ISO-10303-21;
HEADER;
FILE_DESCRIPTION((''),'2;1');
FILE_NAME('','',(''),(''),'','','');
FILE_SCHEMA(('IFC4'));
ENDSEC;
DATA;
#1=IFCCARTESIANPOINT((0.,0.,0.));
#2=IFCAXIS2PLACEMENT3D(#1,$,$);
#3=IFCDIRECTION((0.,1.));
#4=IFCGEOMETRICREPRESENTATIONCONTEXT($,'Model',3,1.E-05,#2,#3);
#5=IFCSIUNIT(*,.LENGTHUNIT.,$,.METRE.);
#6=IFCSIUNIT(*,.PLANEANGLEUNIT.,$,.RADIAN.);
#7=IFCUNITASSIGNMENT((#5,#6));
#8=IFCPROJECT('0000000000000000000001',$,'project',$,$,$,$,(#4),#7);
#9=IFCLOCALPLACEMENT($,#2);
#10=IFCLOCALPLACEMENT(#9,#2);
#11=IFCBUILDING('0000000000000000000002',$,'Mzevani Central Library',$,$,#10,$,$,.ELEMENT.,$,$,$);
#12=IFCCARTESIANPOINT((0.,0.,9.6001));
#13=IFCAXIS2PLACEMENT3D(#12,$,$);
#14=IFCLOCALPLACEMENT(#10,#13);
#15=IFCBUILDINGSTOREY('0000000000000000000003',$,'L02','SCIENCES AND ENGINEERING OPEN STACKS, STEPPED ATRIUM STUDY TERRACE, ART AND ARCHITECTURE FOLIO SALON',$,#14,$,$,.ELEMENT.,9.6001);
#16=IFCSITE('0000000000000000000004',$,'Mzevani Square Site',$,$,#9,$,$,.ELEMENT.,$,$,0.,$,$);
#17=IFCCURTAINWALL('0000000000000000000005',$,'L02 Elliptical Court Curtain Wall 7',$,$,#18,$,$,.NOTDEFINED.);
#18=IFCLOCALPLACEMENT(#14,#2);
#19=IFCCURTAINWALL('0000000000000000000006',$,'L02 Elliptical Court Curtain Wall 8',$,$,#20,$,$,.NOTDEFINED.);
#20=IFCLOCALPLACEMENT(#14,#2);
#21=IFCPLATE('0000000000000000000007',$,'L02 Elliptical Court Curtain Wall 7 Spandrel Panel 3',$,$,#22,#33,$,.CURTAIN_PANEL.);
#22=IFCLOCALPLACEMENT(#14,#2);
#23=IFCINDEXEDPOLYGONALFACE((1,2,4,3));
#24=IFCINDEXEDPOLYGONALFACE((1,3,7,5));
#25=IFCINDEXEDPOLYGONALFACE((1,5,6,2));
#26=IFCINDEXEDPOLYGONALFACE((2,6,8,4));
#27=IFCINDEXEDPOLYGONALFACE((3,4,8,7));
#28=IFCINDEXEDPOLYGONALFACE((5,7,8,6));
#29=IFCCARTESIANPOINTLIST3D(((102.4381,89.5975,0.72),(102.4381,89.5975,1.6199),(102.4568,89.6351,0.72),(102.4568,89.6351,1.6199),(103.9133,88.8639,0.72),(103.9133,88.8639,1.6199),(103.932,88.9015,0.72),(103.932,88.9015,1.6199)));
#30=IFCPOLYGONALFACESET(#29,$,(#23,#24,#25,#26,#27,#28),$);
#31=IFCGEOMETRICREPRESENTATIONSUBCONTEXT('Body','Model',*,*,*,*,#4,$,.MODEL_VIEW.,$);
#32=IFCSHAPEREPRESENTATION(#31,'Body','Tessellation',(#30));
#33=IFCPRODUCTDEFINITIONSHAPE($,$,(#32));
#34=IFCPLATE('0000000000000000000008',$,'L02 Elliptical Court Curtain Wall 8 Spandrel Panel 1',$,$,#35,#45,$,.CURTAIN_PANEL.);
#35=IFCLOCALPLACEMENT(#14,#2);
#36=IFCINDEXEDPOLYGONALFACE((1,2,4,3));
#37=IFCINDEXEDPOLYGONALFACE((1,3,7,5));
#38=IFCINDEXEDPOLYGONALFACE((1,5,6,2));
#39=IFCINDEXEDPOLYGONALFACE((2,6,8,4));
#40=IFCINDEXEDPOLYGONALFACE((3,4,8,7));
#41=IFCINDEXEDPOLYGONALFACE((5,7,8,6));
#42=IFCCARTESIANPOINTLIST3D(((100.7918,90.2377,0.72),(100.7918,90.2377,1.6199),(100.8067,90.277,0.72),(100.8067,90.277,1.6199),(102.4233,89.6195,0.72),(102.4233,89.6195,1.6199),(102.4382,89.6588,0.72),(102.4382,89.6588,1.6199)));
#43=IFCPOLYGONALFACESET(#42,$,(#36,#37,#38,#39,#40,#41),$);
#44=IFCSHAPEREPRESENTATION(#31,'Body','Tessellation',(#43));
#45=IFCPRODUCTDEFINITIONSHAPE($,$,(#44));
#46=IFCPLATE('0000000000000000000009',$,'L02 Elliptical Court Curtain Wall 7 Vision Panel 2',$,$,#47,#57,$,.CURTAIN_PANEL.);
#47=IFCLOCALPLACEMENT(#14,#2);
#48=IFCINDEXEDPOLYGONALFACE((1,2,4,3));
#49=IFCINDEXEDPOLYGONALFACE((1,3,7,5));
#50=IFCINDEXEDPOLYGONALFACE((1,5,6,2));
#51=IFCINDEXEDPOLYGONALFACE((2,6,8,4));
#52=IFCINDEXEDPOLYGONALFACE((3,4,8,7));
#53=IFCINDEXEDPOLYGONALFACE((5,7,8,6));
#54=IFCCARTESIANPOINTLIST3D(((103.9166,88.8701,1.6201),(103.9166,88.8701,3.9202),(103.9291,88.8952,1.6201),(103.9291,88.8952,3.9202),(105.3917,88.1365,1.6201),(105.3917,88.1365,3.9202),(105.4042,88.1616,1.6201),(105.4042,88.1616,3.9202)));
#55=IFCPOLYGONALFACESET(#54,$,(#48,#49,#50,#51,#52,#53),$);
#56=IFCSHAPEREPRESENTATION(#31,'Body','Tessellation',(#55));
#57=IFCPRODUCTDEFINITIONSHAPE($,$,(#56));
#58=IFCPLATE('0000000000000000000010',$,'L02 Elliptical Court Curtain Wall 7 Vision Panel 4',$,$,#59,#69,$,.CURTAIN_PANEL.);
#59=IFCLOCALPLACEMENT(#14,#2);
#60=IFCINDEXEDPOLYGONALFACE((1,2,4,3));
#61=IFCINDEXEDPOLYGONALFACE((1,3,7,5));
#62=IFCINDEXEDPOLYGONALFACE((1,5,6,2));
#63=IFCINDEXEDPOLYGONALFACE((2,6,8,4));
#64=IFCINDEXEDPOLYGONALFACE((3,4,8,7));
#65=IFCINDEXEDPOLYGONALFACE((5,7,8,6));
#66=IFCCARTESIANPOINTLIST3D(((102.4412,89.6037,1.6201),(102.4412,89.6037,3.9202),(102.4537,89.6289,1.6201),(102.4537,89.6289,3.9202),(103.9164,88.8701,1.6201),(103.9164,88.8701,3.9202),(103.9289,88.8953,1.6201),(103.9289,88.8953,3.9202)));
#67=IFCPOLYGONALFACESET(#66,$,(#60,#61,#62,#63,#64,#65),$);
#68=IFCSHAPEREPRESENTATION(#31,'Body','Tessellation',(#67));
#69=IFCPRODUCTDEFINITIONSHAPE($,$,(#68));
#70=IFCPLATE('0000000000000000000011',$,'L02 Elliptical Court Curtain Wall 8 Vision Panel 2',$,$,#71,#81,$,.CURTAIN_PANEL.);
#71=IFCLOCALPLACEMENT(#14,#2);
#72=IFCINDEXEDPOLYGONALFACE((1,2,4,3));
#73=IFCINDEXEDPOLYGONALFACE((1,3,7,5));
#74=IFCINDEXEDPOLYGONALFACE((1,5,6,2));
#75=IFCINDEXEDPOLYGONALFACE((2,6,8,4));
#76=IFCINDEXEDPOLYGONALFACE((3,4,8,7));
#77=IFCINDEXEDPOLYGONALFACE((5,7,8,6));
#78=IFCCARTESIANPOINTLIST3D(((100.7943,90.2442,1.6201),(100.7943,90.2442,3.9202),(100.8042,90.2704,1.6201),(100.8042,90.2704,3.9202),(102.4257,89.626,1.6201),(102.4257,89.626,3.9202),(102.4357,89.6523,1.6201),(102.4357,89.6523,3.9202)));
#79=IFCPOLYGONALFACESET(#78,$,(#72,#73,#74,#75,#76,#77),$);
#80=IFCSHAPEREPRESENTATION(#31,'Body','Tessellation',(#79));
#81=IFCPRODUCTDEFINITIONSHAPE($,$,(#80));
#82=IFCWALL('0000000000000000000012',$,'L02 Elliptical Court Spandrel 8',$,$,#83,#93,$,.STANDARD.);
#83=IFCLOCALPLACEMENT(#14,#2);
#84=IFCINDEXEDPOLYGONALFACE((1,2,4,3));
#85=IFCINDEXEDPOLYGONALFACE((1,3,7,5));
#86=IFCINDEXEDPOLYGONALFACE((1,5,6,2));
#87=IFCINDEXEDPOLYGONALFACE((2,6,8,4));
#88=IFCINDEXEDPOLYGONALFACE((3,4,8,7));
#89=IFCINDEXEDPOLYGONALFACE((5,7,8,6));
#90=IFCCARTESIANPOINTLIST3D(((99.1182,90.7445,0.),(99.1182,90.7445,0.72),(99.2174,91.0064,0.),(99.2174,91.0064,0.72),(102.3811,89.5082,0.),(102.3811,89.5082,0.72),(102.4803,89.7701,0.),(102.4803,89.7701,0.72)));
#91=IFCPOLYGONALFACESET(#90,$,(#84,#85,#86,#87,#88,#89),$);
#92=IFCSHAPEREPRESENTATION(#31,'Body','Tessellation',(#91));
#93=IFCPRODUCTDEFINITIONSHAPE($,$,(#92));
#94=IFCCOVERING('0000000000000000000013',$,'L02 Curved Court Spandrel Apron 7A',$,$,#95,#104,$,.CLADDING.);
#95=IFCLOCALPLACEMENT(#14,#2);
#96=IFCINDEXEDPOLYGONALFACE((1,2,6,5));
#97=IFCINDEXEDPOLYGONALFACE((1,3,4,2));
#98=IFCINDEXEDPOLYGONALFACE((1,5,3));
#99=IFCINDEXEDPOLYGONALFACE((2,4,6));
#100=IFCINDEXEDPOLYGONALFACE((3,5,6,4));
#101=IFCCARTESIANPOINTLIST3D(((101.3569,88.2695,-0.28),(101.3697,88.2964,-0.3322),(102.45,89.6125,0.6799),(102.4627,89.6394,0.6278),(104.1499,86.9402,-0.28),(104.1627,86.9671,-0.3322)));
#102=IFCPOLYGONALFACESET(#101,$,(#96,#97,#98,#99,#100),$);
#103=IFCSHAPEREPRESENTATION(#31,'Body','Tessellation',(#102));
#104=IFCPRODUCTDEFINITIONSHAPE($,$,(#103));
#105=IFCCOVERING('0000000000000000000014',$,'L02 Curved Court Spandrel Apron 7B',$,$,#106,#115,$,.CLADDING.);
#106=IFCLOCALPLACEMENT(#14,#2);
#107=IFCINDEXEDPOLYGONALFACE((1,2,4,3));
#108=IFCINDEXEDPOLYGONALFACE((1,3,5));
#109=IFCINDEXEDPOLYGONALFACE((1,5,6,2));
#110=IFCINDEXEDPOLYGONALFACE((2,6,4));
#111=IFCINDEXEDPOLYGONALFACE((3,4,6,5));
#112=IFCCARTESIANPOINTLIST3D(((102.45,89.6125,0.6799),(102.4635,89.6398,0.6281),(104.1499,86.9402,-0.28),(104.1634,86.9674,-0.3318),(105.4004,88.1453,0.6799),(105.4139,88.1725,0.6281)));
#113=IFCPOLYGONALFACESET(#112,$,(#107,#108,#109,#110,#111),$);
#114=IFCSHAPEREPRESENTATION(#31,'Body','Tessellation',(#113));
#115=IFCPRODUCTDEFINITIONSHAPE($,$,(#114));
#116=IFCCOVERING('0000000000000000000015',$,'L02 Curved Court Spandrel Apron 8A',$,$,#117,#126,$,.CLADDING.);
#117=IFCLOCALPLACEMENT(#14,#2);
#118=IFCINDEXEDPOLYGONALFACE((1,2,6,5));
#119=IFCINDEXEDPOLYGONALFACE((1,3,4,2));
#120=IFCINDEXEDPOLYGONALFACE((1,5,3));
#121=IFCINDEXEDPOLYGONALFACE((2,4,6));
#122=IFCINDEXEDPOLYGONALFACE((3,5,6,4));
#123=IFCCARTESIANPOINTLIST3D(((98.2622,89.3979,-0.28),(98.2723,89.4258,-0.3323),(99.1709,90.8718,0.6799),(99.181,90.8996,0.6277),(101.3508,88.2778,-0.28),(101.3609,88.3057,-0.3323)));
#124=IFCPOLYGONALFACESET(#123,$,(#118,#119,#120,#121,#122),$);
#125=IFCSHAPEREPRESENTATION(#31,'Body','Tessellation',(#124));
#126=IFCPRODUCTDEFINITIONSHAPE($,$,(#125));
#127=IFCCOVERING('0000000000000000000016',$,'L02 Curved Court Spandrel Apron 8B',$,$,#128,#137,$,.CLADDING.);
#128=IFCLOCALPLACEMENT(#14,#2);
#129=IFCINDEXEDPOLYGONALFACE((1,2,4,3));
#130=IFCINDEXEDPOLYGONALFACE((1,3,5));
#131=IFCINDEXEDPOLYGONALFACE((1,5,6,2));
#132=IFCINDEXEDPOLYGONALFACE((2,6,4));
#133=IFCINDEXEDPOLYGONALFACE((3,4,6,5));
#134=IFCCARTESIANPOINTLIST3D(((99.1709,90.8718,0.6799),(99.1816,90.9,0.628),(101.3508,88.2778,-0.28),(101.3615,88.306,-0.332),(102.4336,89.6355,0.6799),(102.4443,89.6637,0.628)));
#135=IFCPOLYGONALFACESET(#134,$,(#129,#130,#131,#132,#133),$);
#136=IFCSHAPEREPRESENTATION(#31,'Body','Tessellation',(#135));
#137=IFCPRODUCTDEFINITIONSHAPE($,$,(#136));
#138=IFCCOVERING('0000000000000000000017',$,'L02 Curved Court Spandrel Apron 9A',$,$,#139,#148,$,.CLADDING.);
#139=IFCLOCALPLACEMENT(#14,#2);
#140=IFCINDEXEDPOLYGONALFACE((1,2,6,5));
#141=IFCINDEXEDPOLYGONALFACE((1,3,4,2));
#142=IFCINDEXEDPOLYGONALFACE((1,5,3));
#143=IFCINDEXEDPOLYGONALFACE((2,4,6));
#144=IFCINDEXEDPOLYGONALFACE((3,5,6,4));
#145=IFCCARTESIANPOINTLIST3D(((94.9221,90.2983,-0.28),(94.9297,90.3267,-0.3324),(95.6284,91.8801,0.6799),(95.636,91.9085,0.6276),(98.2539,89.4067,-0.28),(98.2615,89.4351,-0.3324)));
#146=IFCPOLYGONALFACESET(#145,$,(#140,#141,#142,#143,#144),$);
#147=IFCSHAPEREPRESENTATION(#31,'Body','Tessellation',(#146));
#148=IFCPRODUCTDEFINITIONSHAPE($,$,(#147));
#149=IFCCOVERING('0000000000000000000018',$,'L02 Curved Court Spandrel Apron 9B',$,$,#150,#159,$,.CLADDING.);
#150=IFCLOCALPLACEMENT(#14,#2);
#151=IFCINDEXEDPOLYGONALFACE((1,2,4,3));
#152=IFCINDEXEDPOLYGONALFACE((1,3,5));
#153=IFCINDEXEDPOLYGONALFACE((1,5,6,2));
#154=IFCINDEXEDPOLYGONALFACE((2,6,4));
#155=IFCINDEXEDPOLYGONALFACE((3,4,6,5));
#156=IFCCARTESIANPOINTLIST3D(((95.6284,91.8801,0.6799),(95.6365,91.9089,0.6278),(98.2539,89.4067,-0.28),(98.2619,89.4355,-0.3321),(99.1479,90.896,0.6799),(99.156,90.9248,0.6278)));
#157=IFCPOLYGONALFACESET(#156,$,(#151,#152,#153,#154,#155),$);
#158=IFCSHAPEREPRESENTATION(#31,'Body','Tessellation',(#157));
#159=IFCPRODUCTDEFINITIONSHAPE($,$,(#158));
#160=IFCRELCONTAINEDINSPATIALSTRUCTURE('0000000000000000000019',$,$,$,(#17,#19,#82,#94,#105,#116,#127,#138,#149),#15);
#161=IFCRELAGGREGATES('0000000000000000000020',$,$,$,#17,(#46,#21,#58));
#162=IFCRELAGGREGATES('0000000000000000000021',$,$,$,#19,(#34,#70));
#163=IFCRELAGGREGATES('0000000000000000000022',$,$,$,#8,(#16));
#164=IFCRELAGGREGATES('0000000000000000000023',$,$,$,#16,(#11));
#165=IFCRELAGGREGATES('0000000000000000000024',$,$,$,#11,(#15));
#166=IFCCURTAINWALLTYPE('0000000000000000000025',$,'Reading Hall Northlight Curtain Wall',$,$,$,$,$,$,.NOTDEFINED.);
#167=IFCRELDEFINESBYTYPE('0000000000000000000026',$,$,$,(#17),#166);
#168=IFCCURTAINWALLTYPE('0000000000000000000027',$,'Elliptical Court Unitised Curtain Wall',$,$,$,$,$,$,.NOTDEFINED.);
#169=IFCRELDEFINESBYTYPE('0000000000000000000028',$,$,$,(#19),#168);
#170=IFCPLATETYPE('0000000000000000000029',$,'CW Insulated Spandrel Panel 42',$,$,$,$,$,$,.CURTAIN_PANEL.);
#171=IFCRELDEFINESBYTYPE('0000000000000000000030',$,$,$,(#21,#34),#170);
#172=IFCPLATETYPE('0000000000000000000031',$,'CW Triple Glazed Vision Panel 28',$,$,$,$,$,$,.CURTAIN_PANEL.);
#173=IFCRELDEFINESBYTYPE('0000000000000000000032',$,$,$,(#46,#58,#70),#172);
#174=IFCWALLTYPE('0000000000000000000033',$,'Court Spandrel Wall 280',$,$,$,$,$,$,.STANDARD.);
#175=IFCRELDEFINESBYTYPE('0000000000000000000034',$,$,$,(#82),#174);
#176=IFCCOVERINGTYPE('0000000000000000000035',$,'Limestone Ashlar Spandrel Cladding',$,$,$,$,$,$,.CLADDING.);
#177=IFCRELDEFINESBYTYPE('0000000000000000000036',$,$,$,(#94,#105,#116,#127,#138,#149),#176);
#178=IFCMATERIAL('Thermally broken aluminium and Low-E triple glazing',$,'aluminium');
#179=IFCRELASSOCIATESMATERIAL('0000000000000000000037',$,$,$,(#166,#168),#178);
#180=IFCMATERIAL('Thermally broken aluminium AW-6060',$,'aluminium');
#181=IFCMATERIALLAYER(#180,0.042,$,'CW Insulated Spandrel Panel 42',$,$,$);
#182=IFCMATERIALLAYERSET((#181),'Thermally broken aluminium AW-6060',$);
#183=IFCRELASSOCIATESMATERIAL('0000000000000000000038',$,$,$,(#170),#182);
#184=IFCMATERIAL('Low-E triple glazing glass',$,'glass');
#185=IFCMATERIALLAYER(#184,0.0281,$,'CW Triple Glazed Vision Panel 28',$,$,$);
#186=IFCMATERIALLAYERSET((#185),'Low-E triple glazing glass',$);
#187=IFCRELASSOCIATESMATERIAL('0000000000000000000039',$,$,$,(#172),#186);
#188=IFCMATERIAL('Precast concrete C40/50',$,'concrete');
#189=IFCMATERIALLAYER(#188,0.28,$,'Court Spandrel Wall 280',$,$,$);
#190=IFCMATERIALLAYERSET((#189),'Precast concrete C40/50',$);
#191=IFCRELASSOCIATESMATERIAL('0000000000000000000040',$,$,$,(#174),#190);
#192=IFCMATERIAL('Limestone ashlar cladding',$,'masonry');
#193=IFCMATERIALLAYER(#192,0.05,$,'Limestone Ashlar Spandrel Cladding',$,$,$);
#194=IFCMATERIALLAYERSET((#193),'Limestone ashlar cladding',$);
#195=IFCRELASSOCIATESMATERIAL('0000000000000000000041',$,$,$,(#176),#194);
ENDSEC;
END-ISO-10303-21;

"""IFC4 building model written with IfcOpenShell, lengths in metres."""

from ifc_helpers import new_model, si_unit, direction, frame, frame_2d, origin, origin_2d, place, context, subcontext, project, spatial, polyline, rectangle, outline, extrude, material, layer, layer_set, type_object, element, aggregate, save


model = new_model("IFC4")

# Units and contexts
model_context = context("Model", 3, precision=1e-05, world=origin(), true_north=direction((0.0, 1.0)))
body_context = subcontext(model_context, "Body", "Model", "MODEL_VIEW")
ifc_project = project(units=[si_unit("LENGTHUNIT", "METRE"), si_unit("PLANEANGLEUNIT", "RADIAN")], contexts=[model_context])

# Site, building, storey
site_placement = place(None, origin())
site = spatial("IfcSite", under=ifc_project, at=site_placement, Name="Mzevani Square Site", CompositionType="ELEMENT", RefElevation=0.0)
building_placement = place(site_placement, origin())
building = spatial("IfcBuilding", under=site, at=building_placement, Name="Mzevani Central Library", CompositionType="ELEMENT")
storey_placement = place(building_placement, frame((0.0, 0.0, 9.6001)))
storey = spatial("IfcBuildingStorey", under=building, at=storey_placement, Name="L02", Description="SCIENCES AND ENGINEERING OPEN STACKS, STEPPED ATRIUM STUDY TERRACE, ART AND ARCHITECTURE FOLIO SALON", CompositionType="ELEMENT", Elevation=9.6001)

# Curtain walls
ifc_material_1 = material(Name="Thermally broken aluminium and Low-E triple glazing", Category="aluminium")
curtain_wall_type_1 = type_object("IfcCurtainWallType", Name="Reading Hall Northlight Curtain Wall", PredefinedType="NOTDEFINED", material=ifc_material_1)
curtain_wall_1_placement = place(storey_placement, origin())
curtain_wall_1 = element("IfcCurtainWall", 1, at=curtain_wall_1_placement, inside=storey, type_object=curtain_wall_type_1, Name="L02 Elliptical Court Curtain Wall 7", PredefinedType="NOTDEFINED")
ifc_material_2 = material(Name="Thermally broken aluminium AW-6060", Category="aluminium")
curtain_wall_type_2 = type_object("IfcCurtainWallType", Name="Elliptical Court Unitised Curtain Wall", PredefinedType="NOTDEFINED", material=ifc_material_1)
curtain_wall_2_placement = place(storey_placement, origin())
curtain_wall_2 = element("IfcCurtainWall", 2, at=curtain_wall_2_placement, inside=storey, type_object=curtain_wall_type_2, Name="L02 Elliptical Court Curtain Wall 8", PredefinedType="NOTDEFINED")

# Plates
ifc_layer_1 = layer(ifc_material_2, 0.042, Name="CW Insulated Spandrel Panel 42")
ifc_layer_set_1 = layer_set([ifc_layer_1], Name="Thermally broken aluminium AW-6060")
plate_type_1 = type_object("IfcPlateType", Name="CW Insulated Spandrel Panel 42", PredefinedType="CURTAIN_PANEL", material=ifc_layer_set_1)
plate_1_placement = place(storey_placement, frame((103.1851, 89.2495, 0.72), z_axis=(0.0, 0.0, 1.0), x_axis=(-0.89539, 0.445282, 0.0)))
plate_1 = element("IfcPlate", 3, at=plate_1_placement, type_object=plate_type_1, Name="L02 Elliptical Court Curtain Wall 7 Spandrel Panel 3", PredefinedType="CURTAIN_PANEL", context=body_context, shape_type="SweptSolid", body=[
    extrude(rectangle(XDim=1.6475, YDim=0.042, at=origin_2d()), origin(), (0.0, 0.0, 1.0), 0.8999),
])
plate_2_placement = place(storey_placement, frame((101.615, 89.9482, 0.72), z_axis=(0.0, 0.0, 1.0), x_axis=(-0.935126, 0.354316, 0.0)))
plate_2 = element("IfcPlate", 4, at=plate_2_placement, type_object=plate_type_1, Name="L02 Elliptical Court Curtain Wall 8 Spandrel Panel 1", PredefinedType="CURTAIN_PANEL", context=body_context, shape_type="SweptSolid", body=[
    extrude(rectangle(XDim=1.7446, YDim=0.042, at=origin_2d()), origin(), (0.0, 0.0, 1.0), 0.8999),
])
ifc_material_3 = material(Name="Low-E triple glazing glass", Category="glass")
ifc_layer_2 = layer(ifc_material_3, 0.0281, Name="CW Triple Glazed Vision Panel 28")
ifc_layer_set_2 = layer_set([ifc_layer_2], Name="Low-E triple glazing glass")
plate_type_2 = type_object("IfcPlateType", Name="CW Triple Glazed Vision Panel 28", PredefinedType="CURTAIN_PANEL", material=ifc_layer_set_2)
plate_3_placement = place(storey_placement, frame((104.6604, 88.5159, 1.6201), z_axis=(0.0, 0.0, 1.0), x_axis=(-0.89539, 0.445282, 0.0)))
plate_3 = element("IfcPlate", 5, at=plate_3_placement, type_object=plate_type_2, Name="L02 Elliptical Court Curtain Wall 7 Vision Panel 2", PredefinedType="CURTAIN_PANEL", context=body_context, shape_type="SweptSolid", body=[
    extrude(rectangle(XDim=1.6475, YDim=0.0281, at=origin_2d()), origin(), (0.0, 0.0, 1.0), 2.3),
])
plate_4_placement = place(storey_placement, frame((103.1851, 89.2495, 1.6201), z_axis=(0.0, 0.0, 1.0), x_axis=(-0.89539, 0.445282, 0.0)))
plate_4 = element("IfcPlate", 6, at=plate_4_placement, type_object=plate_type_2, Name="L02 Elliptical Court Curtain Wall 7 Vision Panel 4", PredefinedType="CURTAIN_PANEL", context=body_context, shape_type="SweptSolid", body=[
    extrude(rectangle(XDim=1.6475, YDim=0.0281, at=origin_2d()), origin(), (0.0, 0.0, 1.0), 2.3),
])
aggregate(curtain_wall_1, [plate_3, plate_1, plate_4])
plate_5_placement = place(storey_placement, frame((101.615, 89.9482, 1.6201), z_axis=(0.0, 0.0, 1.0), x_axis=(-0.935126, 0.354316, 0.0)))
plate_5 = element("IfcPlate", 7, at=plate_5_placement, type_object=plate_type_2, Name="L02 Elliptical Court Curtain Wall 8 Vision Panel 2", PredefinedType="CURTAIN_PANEL", context=body_context, shape_type="SweptSolid", body=[
    extrude(rectangle(XDim=1.7446, YDim=0.0281, at=origin_2d()), origin(), (0.0, 0.0, 1.0), 2.3),
])
aggregate(curtain_wall_2, [plate_2, plate_5])

# Wall
ifc_material_4 = material(Name="Precast concrete C40/50", Category="concrete")
ifc_layer_3 = layer(ifc_material_4, 0.28, Name="Court Spandrel Wall 280")
ifc_layer_set_3 = layer_set([ifc_layer_3], Name="Precast concrete C40/50")
wall_type = type_object("IfcWallType", Name="Court Spandrel Wall 280", PredefinedType="STANDARD", material=ifc_layer_set_3)
wall_placement = place(storey_placement, frame((102.4307, 89.6392, 0.0), z_axis=(0.0, 0.0, 1.0), x_axis=(-0.935125, 0.354319, 0.0)))
element("IfcWall", 8, at=wall_placement, inside=storey, type_object=wall_type, Name="L02 Elliptical Court Spandrel 8", PredefinedType="STANDARD", context=body_context, shape_type="SweptSolid", body=[
    extrude(rectangle(XDim=3.4893, YDim=0.28, at=frame_2d((1.7446, 0.0))), origin(), (0.0, 0.0, 1.0), 0.72),
])

# Coverings
ifc_material_5 = material(Name="Limestone ashlar cladding", Category="masonry")
ifc_layer_4 = layer(ifc_material_5, 0.05, Name="Limestone Ashlar Spandrel Cladding")
ifc_layer_set_4 = layer_set([ifc_layer_4], Name="Limestone ashlar cladding")
covering_type = type_object("IfcCoveringType", Name="Limestone Ashlar Spandrel Cladding", PredefinedType="CLADDING", material=ifc_layer_set_4)
covering_1_placement = place(storey_placement, frame((104.1499, 86.9402, -0.28), z_axis=(-0.212987, -0.447487, 0.868557), x_axis=(-0.902941, 0.429765, 0.0)))
element("IfcCovering", 9, at=covering_1_placement, inside=storey, type_object=covering_type, Name="L02 Curved Court Spandrel Apron 7A", PredefinedType="CLADDING", context=body_context, shape_type="SweptSolid", body=[
    extrude(outline(polyline([(0.0, 0.0), (3.0932, 0.0), (2.6834, -1.937), (0.0, 0.0)])), origin(), (0.0, 0.0, -1.0), 0.0601),
])
covering_2_placement = place(storey_placement, frame((104.1499, 86.9402, -0.28), z_axis=(-0.225368, -0.453174, 0.862463), x_axis=(-0.513656, 0.807479, 0.290061)))
element("IfcCovering", 10, at=covering_2_placement, inside=storey, type_object=covering_type, Name="L02 Curved Court Spandrel Apron 7B", PredefinedType="CLADDING", context=body_context, shape_type="SweptSolid", body=[
    extrude(outline(polyline([(0.0, 0.0), (3.3095, 0.0), (0.6092, -1.8885), (0.0, 0.0)])), origin(), (0.0, 0.0, -1.0), 0.0601),
])
covering_3_placement = place(storey_placement, frame((101.3508, 88.2778, -0.28), z_axis=(-0.167984, -0.463201, 0.870188), x_axis=(-0.940088, 0.340931, 0.0)))
element("IfcCovering", 11, at=covering_3_placement, inside=storey, type_object=covering_type, Name="L02 Curved Court Spandrel Apron 8A", PredefinedType="CLADDING", context=body_context, shape_type="SweptSolid", body=[
    extrude(outline(polyline([(0.0, 0.0), (3.2855, 0.0), (2.9337, -1.9483), (0.0, 0.0)])), origin(), (0.0, 0.0, -1.0), 0.0601),
])
covering_4_placement = place(storey_placement, frame((101.3508, 88.2778, -0.28), z_axis=(-0.17793, -0.46956, 0.864786), x_axis=(-0.618998, 0.736573, 0.272584)))
element("IfcCovering", 12, at=covering_4_placement, inside=storey, type_object=covering_type, Name="L02 Curved Court Spandrel Apron 8B", PredefinedType="CLADDING", context=body_context, shape_type="SweptSolid", body=[
    extrude(outline(polyline([(0.0, 0.0), (3.5217, 0.0), (0.5915, -1.894), (0.0, 0.0)])), origin(), (0.0, 0.0, -1.0), 0.0601),
])
covering_5_placement = place(storey_placement, frame((98.2539, 89.4067, -0.28), z_axis=(-0.126511, -0.472753, 0.872066), x_axis=(-0.966009, 0.258508, 0.0)))
element("IfcCovering", 13, at=covering_5_placement, inside=storey, type_object=covering_type, Name="L02 Curved Court Spandrel Apron 9A", PredefinedType="CLADDING", context=body_context, shape_type="SweptSolid", body=[
    extrude(outline(polyline([(0.0, 0.0), (3.449, 0.0), (3.1756, -1.9616), (0.0, 0.0)])), origin(), (0.0, 0.0, -1.0), 0.0601),
])
covering_6_placement = place(storey_placement, frame((98.2539, 89.4067, -0.28), z_axis=(-0.133902, -0.47887, 0.867614), x_axis=(-0.703392, 0.662643, 0.257182)))
element("IfcCovering", 14, at=covering_6_placement, inside=storey, type_object=covering_type, Name="L02 Curved Court Spandrel Apron 9B", PredefinedType="CLADDING", context=body_context, shape_type="SweptSolid", body=[
    extrude(outline(polyline([(0.0, 0.0), (3.7326, 0.0), (0.6049, -1.8902), (0.0, 0.0)])), origin(), (0.0, 0.0, -1.0), 0.0601),
])

save(model, "model.ifc")
